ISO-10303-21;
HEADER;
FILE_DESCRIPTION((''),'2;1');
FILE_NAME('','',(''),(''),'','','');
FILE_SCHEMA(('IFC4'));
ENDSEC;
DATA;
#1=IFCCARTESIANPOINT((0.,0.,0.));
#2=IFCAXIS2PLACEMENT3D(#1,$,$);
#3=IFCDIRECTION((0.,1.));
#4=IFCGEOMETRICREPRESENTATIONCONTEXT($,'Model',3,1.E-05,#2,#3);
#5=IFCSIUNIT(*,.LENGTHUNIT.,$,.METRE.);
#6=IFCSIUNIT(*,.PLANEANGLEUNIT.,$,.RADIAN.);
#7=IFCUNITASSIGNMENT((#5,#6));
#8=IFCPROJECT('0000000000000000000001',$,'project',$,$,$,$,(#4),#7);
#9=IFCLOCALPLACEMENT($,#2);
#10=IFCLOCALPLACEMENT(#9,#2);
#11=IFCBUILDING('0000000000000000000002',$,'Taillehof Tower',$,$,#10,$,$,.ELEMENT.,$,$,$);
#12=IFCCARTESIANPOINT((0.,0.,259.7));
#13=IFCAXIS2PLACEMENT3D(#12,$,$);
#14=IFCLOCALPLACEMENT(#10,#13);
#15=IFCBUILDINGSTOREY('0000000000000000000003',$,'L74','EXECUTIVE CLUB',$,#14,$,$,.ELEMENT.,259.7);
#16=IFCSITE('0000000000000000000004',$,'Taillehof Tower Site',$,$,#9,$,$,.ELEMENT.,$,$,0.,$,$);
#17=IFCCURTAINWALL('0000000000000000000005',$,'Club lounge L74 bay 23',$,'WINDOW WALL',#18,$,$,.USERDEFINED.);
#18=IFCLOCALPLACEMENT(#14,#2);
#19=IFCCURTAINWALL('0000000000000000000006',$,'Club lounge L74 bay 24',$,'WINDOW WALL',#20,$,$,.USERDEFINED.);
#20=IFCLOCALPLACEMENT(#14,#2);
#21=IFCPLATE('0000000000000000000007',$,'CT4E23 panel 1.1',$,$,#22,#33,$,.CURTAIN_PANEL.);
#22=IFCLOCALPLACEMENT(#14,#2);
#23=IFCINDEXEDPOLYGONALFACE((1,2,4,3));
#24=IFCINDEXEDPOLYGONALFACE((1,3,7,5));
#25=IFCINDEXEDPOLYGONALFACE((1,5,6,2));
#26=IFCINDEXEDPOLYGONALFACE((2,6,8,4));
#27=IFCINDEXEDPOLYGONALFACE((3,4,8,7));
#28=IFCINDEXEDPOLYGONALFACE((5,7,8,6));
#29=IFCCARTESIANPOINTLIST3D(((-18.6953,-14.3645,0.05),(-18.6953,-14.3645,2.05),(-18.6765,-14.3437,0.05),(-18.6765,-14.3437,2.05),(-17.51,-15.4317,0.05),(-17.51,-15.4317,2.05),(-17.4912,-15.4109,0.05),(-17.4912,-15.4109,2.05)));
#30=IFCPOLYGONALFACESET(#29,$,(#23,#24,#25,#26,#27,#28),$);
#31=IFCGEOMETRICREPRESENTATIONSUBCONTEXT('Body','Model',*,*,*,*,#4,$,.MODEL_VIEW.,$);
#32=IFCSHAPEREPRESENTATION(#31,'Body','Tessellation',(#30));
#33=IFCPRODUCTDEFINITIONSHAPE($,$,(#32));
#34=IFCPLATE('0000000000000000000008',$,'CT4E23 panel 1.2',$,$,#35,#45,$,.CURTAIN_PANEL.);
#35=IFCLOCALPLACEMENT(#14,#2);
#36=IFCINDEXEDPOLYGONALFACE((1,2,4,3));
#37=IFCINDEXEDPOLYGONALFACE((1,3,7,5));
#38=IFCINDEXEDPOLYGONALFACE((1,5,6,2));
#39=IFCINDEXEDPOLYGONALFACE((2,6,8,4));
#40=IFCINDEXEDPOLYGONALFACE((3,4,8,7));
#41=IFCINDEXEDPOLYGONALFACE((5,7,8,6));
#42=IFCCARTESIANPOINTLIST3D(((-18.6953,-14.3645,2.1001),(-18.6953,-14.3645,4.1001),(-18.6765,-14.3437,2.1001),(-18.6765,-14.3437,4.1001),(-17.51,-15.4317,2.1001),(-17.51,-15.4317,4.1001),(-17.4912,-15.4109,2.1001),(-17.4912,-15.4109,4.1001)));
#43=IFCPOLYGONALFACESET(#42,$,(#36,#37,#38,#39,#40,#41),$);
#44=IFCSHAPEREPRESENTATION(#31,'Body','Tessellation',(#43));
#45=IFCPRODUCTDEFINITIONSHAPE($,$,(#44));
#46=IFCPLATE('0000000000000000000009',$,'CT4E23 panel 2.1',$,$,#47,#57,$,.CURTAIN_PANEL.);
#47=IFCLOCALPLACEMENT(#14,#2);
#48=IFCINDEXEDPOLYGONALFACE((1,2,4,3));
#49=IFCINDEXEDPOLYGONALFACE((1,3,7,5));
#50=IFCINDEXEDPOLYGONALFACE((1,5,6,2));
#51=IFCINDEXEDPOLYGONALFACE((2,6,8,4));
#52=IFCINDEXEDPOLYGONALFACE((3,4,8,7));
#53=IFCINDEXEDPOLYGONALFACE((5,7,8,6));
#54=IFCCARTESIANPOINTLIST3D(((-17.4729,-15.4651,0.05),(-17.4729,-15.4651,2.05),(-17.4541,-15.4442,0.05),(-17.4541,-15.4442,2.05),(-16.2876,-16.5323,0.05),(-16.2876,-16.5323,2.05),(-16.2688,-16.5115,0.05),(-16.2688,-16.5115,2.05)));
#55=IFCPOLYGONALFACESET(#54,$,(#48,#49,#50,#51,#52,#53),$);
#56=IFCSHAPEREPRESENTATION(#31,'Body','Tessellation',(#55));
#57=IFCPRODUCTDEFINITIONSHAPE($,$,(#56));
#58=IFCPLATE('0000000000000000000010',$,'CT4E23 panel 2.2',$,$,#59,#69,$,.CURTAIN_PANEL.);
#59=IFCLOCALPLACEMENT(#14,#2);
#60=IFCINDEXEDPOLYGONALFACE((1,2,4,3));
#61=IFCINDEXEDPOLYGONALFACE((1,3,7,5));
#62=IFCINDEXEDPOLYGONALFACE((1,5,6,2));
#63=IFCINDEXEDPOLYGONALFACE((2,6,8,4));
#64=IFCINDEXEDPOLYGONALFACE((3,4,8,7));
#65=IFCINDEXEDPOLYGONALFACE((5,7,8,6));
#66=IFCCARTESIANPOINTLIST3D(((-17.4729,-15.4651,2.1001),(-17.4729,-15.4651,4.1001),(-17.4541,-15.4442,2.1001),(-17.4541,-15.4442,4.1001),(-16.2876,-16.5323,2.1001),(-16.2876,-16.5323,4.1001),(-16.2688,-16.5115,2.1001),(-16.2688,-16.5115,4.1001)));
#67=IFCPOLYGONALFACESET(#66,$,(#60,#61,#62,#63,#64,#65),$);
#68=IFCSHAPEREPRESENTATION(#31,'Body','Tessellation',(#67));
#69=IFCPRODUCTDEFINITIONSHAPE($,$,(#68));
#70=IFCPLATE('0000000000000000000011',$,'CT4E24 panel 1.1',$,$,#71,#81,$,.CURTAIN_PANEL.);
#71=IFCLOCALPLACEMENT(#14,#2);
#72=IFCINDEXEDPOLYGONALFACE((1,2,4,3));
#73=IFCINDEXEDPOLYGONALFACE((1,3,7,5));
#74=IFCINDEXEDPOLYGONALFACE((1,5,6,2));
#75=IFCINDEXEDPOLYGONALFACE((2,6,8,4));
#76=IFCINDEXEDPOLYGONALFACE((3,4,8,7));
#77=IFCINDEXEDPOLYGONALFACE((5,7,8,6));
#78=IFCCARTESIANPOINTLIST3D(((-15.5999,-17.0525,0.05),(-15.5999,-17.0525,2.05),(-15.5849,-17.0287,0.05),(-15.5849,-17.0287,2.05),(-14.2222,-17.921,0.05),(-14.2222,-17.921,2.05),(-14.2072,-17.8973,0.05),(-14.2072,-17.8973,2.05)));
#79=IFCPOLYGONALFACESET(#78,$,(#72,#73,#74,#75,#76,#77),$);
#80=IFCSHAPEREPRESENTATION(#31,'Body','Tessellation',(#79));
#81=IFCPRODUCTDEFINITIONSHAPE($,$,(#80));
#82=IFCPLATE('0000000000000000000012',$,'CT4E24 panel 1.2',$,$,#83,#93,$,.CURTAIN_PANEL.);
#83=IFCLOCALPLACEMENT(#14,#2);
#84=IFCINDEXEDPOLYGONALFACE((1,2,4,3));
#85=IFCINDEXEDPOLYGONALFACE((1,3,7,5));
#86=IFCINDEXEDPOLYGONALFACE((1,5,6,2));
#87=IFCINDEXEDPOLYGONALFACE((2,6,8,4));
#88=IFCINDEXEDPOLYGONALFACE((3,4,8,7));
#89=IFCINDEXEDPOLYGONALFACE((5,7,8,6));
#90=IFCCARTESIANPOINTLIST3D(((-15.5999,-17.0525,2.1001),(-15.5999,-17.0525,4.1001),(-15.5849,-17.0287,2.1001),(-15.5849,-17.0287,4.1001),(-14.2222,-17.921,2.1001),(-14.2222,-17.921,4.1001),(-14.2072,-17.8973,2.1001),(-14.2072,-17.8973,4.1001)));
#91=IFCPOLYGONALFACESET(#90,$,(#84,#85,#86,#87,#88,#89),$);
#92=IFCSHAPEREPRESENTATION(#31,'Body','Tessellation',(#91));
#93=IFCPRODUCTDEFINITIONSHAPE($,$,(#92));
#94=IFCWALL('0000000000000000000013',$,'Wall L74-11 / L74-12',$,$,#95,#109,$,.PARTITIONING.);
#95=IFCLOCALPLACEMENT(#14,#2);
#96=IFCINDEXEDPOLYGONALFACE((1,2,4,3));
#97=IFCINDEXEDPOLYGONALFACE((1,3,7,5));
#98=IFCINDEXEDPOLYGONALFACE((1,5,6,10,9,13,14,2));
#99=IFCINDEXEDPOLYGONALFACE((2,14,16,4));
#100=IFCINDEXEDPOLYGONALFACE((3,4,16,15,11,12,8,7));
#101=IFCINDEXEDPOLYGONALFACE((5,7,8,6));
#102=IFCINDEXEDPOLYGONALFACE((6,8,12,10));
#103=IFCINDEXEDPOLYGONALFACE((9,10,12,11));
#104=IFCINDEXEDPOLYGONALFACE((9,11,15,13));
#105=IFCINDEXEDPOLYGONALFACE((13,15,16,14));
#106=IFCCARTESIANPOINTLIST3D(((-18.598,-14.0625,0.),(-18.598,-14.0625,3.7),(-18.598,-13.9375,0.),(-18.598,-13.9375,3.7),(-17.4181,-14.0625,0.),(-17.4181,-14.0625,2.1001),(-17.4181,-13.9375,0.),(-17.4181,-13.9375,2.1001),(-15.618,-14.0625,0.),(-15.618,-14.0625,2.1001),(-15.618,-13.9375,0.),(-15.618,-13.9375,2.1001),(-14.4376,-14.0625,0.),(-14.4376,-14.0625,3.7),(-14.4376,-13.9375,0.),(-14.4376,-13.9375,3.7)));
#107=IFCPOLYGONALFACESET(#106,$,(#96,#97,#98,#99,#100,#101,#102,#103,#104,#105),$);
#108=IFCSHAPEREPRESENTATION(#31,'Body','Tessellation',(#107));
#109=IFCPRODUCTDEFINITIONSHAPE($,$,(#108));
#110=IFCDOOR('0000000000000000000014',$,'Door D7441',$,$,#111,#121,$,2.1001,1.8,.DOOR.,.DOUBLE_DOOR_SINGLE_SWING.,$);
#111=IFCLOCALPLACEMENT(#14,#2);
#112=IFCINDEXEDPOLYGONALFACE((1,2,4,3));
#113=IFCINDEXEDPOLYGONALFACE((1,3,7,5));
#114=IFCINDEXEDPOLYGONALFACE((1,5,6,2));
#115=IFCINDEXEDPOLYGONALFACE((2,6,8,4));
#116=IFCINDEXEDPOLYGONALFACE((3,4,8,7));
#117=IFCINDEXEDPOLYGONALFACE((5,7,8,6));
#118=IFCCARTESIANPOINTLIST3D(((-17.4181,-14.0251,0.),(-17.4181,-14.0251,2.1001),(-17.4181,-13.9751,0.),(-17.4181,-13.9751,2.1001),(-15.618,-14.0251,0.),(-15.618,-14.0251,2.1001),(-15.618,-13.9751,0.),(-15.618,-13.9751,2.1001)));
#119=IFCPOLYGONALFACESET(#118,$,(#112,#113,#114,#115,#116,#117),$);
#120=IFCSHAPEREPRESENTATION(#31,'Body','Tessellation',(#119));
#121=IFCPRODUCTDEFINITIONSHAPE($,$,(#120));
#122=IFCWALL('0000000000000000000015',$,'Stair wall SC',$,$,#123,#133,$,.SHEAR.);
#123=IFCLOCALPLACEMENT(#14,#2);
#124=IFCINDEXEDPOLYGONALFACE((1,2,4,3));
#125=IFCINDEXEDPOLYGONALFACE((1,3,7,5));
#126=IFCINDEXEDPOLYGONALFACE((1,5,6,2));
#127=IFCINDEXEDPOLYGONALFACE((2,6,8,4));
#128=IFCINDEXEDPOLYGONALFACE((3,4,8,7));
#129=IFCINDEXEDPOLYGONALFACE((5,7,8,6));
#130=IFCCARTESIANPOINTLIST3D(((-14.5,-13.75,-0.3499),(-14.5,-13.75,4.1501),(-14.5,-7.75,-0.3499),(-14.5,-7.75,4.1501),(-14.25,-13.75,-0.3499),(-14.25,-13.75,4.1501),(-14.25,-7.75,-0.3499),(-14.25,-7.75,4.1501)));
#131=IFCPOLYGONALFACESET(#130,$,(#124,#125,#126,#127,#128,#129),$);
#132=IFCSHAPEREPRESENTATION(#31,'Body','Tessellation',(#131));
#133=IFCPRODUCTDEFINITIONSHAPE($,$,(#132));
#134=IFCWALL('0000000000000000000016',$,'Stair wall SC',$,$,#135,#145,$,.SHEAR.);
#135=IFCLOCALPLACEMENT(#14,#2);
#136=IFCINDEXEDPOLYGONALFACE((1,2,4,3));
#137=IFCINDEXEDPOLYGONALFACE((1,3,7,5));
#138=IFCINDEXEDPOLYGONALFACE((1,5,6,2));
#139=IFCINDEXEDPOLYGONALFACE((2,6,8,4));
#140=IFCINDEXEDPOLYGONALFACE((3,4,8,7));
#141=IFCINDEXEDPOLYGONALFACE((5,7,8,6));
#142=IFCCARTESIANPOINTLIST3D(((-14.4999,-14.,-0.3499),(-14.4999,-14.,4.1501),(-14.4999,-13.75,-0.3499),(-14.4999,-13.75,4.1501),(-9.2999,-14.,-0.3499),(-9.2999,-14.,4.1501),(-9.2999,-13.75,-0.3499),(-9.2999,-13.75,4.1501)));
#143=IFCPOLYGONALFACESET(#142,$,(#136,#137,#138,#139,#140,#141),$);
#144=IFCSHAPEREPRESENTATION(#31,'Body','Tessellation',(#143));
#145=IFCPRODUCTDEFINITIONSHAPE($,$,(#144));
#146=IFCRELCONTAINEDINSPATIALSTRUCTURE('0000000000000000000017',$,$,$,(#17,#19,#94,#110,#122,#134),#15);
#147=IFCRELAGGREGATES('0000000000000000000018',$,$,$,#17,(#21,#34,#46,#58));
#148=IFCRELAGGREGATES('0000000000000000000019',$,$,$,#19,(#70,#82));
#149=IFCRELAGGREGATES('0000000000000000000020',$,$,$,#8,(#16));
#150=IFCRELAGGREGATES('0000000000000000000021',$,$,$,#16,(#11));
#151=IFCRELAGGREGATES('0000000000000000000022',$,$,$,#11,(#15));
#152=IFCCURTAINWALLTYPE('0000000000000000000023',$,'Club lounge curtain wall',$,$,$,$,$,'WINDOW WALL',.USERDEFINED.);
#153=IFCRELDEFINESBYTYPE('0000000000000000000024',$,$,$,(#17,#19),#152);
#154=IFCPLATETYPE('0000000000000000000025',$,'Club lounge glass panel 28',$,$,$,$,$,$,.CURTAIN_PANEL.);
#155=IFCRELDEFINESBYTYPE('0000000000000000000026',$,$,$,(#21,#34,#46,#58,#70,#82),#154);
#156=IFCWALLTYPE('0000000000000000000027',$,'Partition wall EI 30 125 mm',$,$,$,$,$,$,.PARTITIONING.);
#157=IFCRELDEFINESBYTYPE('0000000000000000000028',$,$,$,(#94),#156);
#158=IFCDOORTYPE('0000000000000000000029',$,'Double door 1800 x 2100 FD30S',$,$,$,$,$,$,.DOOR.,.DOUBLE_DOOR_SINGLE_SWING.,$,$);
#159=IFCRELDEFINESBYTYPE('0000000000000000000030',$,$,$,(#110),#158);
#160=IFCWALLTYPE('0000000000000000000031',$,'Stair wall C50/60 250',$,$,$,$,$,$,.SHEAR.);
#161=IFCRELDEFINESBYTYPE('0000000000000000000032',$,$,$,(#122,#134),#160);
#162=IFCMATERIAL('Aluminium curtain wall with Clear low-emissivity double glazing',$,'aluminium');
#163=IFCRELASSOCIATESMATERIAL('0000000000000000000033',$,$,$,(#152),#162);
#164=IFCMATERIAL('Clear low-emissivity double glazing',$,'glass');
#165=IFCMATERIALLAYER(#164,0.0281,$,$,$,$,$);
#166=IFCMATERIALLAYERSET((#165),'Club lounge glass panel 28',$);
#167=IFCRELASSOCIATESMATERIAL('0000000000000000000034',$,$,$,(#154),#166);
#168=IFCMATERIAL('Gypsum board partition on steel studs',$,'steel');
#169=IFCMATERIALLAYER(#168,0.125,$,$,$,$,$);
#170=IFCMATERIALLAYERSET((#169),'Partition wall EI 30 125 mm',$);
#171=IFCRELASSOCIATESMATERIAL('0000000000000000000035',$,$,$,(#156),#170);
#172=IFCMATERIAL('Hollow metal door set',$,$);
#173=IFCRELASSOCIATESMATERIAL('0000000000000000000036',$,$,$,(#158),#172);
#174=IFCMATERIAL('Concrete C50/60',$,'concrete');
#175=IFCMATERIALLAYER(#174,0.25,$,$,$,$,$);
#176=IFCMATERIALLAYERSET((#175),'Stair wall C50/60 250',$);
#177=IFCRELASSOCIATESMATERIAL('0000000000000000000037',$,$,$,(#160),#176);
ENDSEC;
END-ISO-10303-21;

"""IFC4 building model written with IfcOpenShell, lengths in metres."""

from ifc_helpers import new_model, si_unit, direction, frame, frame_2d, origin, origin_2d, place, context, subcontext, project, spatial, rectangle, extrude, material, layer, layer_set, type_object, element, fill, aggregate, save


model = new_model("IFC4")

# Units and contexts
model_context = context("Model", 3, precision=1e-05, world=origin(), true_north=direction((0.0, 1.0)))
body_context = subcontext(model_context, "Body", "Model", "MODEL_VIEW")
ifc_project = project(units=[si_unit("LENGTHUNIT", "METRE"), si_unit("PLANEANGLEUNIT", "RADIAN")], contexts=[model_context])

# Site, building, storey
site_placement = place(None, origin())
site = spatial("IfcSite", under=ifc_project, at=site_placement, Name="Taillehof Tower Site", CompositionType="ELEMENT", RefElevation=0.0)
building_placement = place(site_placement, origin())
building = spatial("IfcBuilding", under=site, at=building_placement, Name="Taillehof Tower", CompositionType="ELEMENT")
storey_placement = place(building_placement, frame((0.0, 0.0, 259.7)))
storey = spatial("IfcBuildingStorey", under=building, at=storey_placement, Name="L74", Description="EXECUTIVE CLUB", CompositionType="ELEMENT", Elevation=259.7)

# Shared definitions
ifc_material_1 = material(Name="Aluminium curtain wall with Clear low-emissivity double glazing", Category="aluminium")
curtain_wall_type = type_object("IfcCurtainWallType", Name="Club lounge curtain wall", ElementType="WINDOW WALL", PredefinedType="USERDEFINED", material=ifc_material_1)

# Curtain walls
curtain_wall_1_placement = place(storey_placement, origin())
curtain_wall_1 = element("IfcCurtainWall", 1, at=curtain_wall_1_placement, inside=storey, type_object=curtain_wall_type, Name="Club lounge L74 bay 23", ObjectType="WINDOW WALL", PredefinedType="USERDEFINED")
curtain_wall_2_placement = place(storey_placement, origin())
curtain_wall_2 = element("IfcCurtainWall", 2, at=curtain_wall_2_placement, inside=storey, type_object=curtain_wall_type, Name="Club lounge L74 bay 24", ObjectType="WINDOW WALL", PredefinedType="USERDEFINED")

# Plates
ifc_material_2 = material(Name="Clear low-emissivity double glazing", Category="glass")
ifc_layer_1 = layer(ifc_material_2, 0.0281)
ifc_layer_set_1 = layer_set([ifc_layer_1], Name="Club lounge glass panel 28")
plate_type = type_object("IfcPlateType", Name="Club lounge glass panel 28", PredefinedType="CURTAIN_PANEL", material=ifc_layer_set_1)
plate_1_placement = place(storey_placement, frame((-18.0933, -14.8877, 0.05), z_axis=(0.0, 0.0, 1.0), x_axis=(0.743166, -0.669107, 0.0)))
plate_1 = element("IfcPlate", 3, at=plate_1_placement, type_object=plate_type, Name="CT4E23 panel 1.1", PredefinedType="CURTAIN_PANEL", context=body_context, shape_type="SweptSolid", body=[
    extrude(rectangle(XDim=1.595, YDim=0.0281, at=origin_2d()), origin(), (0.0, 0.0, 1.0), 2.0),
])
plate_2_placement = place(storey_placement, frame((-18.0933, -14.8877, 2.1001), z_axis=(0.0, 0.0, 1.0), x_axis=(0.743166, -0.669107, 0.0)))
plate_2 = element("IfcPlate", 4, at=plate_2_placement, type_object=plate_type, Name="CT4E23 panel 1.2", PredefinedType="CURTAIN_PANEL", context=body_context, shape_type="SweptSolid", body=[
    extrude(rectangle(XDim=1.595, YDim=0.0281, at=origin_2d()), origin(), (0.0, 0.0, 1.0), 2.0),
])
plate_3_placement = place(storey_placement, frame((-16.8708, -15.9883, 0.05), z_axis=(0.0, 0.0, 1.0), x_axis=(0.743166, -0.669107, 0.0)))
plate_3 = element("IfcPlate", 5, at=plate_3_placement, type_object=plate_type, Name="CT4E23 panel 2.1", PredefinedType="CURTAIN_PANEL", context=body_context, shape_type="SweptSolid", body=[
    extrude(rectangle(XDim=1.595, YDim=0.0281, at=origin_2d()), origin(), (0.0, 0.0, 1.0), 2.0),
])
plate_4_placement = place(storey_placement, frame((-16.8708, -15.9883, 2.1001), z_axis=(0.0, 0.0, 1.0), x_axis=(0.743166, -0.669107, 0.0)))
plate_4 = element("IfcPlate", 6, at=plate_4_placement, type_object=plate_type, Name="CT4E23 panel 2.2", PredefinedType="CURTAIN_PANEL", context=body_context, shape_type="SweptSolid", body=[
    extrude(rectangle(XDim=1.595, YDim=0.0281, at=origin_2d()), origin(), (0.0, 0.0, 1.0), 2.0),
])
aggregate(curtain_wall_1, [plate_1, plate_2, plate_3, plate_4])
plate_5_placement = place(storey_placement, frame((-14.9036, -17.4749, 0.05), z_axis=(0.0, 0.0, 1.0), x_axis=(0.84593, -0.533294, 0.0)))
plate_5 = element("IfcPlate", 7, at=plate_5_placement, type_object=plate_type, Name="CT4E24 panel 1.1", PredefinedType="CURTAIN_PANEL", context=body_context, shape_type="SweptSolid", body=[
    extrude(rectangle(XDim=1.6287, YDim=0.0281, at=origin_2d()), origin(), (0.0, 0.0, 1.0), 2.0),
])
plate_6_placement = place(storey_placement, frame((-14.9036, -17.4749, 2.1001), z_axis=(0.0, 0.0, 1.0), x_axis=(0.84593, -0.533294, 0.0)))
plate_6 = element("IfcPlate", 8, at=plate_6_placement, type_object=plate_type, Name="CT4E24 panel 1.2", PredefinedType="CURTAIN_PANEL", context=body_context, shape_type="SweptSolid", body=[
    extrude(rectangle(XDim=1.6287, YDim=0.0281, at=origin_2d()), origin(), (0.0, 0.0, 1.0), 2.0),
])
aggregate(curtain_wall_2, [plate_5, plate_6])

# Wall, opening, door
ifc_material_3 = material(Name="Gypsum board partition on steel studs", Category="steel")
ifc_layer_2 = layer(ifc_material_3, 0.125)
ifc_layer_set_2 = layer_set([ifc_layer_2], Name="Partition wall EI 30 125 mm")
wall_type_1 = type_object("IfcWallType", Name="Partition wall EI 30 125 mm", PredefinedType="PARTITIONING", material=ifc_layer_set_2)
wall_1_placement = place(storey_placement, frame((-18.5979, -14.0, 0.0), z_axis=(0.0, 0.0, 1.0), x_axis=(1.0, 0.0, 0.0)))
wall_1 = element("IfcWall", 9, at=wall_1_placement, inside=storey, type_object=wall_type_1, Name="Wall L74-11 / L74-12", PredefinedType="PARTITIONING", context=body_context, shape_type="SweptSolid", body=[
    extrude(rectangle(XDim=4.1604, YDim=0.125, at=frame_2d((2.0801, 0.0))), origin(), (0.0, 0.0, 1.0), 3.7),
])
opening_placement = place(wall_1_placement, frame((1.1799, 0.0, 0.0)))
opening = element("IfcOpeningElement", 10, at=opening_placement, cuts=wall_1, PredefinedType="OPENING", context=body_context, shape_type="SweptSolid", body=[
    extrude(rectangle(XDim=1.8, YDim=2.1001, at=frame_2d((0.8999, 1.05))), frame((0.0, 0.0725, 0.0), z_axis=(0.0, -1.0, 0.0), x_axis=(1.0, 0.0, 0.0)), (0.0, 0.0, 1.0), 0.145),
])
ifc_material_4 = material(Name="Hollow metal door set")
door_type = type_object("IfcDoorType", Name="Double door 1800 x 2100 FD30S", OperationType="DOUBLE_DOOR_SINGLE_SWING", PredefinedType="DOOR", material=ifc_material_4)
door_placement = place(opening_placement, origin())
door = element("IfcDoor", 11, at=door_placement, inside=storey, type_object=door_type, Name="Door D7441", OperationType="DOUBLE_DOOR_SINGLE_SWING", OverallHeight=2.1001, OverallWidth=1.8, PredefinedType="DOOR", context=body_context, shape_type="SweptSolid", body=[
    extrude(rectangle(XDim=1.8, YDim=2.1001, at=frame_2d((0.8999, 1.05))), frame((0.0, 0.0249, 0.0), z_axis=(0.0, -1.0, 0.0), x_axis=(1.0, 0.0, 0.0)), (0.0, 0.0, 1.0), 0.05),
])
fill(opening, door)

# Walls
ifc_material_5 = material(Name="Concrete C50/60", Category="concrete")
ifc_layer_3 = layer(ifc_material_5, 0.25)
ifc_layer_set_3 = layer_set([ifc_layer_3], Name="Stair wall C50/60 250")
wall_type_2 = type_object("IfcWallType", Name="Stair wall C50/60 250", PredefinedType="SHEAR", material=ifc_layer_set_3)
wall_2_placement = place(storey_placement, frame((-14.375, -13.75, -0.3499), z_axis=(0.0, 0.0, 1.0), x_axis=(0.0, 1.0, 0.0)))
element("IfcWall", 12, at=wall_2_placement, inside=storey, type_object=wall_type_2, Name="Stair wall SC", PredefinedType="SHEAR", context=body_context, shape_type="SweptSolid", body=[
    extrude(rectangle(XDim=6.0, YDim=0.25, at=frame_2d((3.0, 0.0))), origin(), (0.0, 0.0, 1.0), 4.5),
])
wall_3_placement = place(storey_placement, frame((-14.5, -13.875, -0.3499), z_axis=(0.0, 0.0, 1.0), x_axis=(1.0, 0.0, 0.0)))
element("IfcWall", 13, at=wall_3_placement, inside=storey, type_object=wall_type_2, Name="Stair wall SC", PredefinedType="SHEAR", context=body_context, shape_type="SweptSolid", body=[
    extrude(rectangle(XDim=5.2, YDim=0.25, at=frame_2d((2.6001, 0.0))), origin(), (0.0, 0.0, 1.0), 4.5),
])

save(model, "model.ifc")
